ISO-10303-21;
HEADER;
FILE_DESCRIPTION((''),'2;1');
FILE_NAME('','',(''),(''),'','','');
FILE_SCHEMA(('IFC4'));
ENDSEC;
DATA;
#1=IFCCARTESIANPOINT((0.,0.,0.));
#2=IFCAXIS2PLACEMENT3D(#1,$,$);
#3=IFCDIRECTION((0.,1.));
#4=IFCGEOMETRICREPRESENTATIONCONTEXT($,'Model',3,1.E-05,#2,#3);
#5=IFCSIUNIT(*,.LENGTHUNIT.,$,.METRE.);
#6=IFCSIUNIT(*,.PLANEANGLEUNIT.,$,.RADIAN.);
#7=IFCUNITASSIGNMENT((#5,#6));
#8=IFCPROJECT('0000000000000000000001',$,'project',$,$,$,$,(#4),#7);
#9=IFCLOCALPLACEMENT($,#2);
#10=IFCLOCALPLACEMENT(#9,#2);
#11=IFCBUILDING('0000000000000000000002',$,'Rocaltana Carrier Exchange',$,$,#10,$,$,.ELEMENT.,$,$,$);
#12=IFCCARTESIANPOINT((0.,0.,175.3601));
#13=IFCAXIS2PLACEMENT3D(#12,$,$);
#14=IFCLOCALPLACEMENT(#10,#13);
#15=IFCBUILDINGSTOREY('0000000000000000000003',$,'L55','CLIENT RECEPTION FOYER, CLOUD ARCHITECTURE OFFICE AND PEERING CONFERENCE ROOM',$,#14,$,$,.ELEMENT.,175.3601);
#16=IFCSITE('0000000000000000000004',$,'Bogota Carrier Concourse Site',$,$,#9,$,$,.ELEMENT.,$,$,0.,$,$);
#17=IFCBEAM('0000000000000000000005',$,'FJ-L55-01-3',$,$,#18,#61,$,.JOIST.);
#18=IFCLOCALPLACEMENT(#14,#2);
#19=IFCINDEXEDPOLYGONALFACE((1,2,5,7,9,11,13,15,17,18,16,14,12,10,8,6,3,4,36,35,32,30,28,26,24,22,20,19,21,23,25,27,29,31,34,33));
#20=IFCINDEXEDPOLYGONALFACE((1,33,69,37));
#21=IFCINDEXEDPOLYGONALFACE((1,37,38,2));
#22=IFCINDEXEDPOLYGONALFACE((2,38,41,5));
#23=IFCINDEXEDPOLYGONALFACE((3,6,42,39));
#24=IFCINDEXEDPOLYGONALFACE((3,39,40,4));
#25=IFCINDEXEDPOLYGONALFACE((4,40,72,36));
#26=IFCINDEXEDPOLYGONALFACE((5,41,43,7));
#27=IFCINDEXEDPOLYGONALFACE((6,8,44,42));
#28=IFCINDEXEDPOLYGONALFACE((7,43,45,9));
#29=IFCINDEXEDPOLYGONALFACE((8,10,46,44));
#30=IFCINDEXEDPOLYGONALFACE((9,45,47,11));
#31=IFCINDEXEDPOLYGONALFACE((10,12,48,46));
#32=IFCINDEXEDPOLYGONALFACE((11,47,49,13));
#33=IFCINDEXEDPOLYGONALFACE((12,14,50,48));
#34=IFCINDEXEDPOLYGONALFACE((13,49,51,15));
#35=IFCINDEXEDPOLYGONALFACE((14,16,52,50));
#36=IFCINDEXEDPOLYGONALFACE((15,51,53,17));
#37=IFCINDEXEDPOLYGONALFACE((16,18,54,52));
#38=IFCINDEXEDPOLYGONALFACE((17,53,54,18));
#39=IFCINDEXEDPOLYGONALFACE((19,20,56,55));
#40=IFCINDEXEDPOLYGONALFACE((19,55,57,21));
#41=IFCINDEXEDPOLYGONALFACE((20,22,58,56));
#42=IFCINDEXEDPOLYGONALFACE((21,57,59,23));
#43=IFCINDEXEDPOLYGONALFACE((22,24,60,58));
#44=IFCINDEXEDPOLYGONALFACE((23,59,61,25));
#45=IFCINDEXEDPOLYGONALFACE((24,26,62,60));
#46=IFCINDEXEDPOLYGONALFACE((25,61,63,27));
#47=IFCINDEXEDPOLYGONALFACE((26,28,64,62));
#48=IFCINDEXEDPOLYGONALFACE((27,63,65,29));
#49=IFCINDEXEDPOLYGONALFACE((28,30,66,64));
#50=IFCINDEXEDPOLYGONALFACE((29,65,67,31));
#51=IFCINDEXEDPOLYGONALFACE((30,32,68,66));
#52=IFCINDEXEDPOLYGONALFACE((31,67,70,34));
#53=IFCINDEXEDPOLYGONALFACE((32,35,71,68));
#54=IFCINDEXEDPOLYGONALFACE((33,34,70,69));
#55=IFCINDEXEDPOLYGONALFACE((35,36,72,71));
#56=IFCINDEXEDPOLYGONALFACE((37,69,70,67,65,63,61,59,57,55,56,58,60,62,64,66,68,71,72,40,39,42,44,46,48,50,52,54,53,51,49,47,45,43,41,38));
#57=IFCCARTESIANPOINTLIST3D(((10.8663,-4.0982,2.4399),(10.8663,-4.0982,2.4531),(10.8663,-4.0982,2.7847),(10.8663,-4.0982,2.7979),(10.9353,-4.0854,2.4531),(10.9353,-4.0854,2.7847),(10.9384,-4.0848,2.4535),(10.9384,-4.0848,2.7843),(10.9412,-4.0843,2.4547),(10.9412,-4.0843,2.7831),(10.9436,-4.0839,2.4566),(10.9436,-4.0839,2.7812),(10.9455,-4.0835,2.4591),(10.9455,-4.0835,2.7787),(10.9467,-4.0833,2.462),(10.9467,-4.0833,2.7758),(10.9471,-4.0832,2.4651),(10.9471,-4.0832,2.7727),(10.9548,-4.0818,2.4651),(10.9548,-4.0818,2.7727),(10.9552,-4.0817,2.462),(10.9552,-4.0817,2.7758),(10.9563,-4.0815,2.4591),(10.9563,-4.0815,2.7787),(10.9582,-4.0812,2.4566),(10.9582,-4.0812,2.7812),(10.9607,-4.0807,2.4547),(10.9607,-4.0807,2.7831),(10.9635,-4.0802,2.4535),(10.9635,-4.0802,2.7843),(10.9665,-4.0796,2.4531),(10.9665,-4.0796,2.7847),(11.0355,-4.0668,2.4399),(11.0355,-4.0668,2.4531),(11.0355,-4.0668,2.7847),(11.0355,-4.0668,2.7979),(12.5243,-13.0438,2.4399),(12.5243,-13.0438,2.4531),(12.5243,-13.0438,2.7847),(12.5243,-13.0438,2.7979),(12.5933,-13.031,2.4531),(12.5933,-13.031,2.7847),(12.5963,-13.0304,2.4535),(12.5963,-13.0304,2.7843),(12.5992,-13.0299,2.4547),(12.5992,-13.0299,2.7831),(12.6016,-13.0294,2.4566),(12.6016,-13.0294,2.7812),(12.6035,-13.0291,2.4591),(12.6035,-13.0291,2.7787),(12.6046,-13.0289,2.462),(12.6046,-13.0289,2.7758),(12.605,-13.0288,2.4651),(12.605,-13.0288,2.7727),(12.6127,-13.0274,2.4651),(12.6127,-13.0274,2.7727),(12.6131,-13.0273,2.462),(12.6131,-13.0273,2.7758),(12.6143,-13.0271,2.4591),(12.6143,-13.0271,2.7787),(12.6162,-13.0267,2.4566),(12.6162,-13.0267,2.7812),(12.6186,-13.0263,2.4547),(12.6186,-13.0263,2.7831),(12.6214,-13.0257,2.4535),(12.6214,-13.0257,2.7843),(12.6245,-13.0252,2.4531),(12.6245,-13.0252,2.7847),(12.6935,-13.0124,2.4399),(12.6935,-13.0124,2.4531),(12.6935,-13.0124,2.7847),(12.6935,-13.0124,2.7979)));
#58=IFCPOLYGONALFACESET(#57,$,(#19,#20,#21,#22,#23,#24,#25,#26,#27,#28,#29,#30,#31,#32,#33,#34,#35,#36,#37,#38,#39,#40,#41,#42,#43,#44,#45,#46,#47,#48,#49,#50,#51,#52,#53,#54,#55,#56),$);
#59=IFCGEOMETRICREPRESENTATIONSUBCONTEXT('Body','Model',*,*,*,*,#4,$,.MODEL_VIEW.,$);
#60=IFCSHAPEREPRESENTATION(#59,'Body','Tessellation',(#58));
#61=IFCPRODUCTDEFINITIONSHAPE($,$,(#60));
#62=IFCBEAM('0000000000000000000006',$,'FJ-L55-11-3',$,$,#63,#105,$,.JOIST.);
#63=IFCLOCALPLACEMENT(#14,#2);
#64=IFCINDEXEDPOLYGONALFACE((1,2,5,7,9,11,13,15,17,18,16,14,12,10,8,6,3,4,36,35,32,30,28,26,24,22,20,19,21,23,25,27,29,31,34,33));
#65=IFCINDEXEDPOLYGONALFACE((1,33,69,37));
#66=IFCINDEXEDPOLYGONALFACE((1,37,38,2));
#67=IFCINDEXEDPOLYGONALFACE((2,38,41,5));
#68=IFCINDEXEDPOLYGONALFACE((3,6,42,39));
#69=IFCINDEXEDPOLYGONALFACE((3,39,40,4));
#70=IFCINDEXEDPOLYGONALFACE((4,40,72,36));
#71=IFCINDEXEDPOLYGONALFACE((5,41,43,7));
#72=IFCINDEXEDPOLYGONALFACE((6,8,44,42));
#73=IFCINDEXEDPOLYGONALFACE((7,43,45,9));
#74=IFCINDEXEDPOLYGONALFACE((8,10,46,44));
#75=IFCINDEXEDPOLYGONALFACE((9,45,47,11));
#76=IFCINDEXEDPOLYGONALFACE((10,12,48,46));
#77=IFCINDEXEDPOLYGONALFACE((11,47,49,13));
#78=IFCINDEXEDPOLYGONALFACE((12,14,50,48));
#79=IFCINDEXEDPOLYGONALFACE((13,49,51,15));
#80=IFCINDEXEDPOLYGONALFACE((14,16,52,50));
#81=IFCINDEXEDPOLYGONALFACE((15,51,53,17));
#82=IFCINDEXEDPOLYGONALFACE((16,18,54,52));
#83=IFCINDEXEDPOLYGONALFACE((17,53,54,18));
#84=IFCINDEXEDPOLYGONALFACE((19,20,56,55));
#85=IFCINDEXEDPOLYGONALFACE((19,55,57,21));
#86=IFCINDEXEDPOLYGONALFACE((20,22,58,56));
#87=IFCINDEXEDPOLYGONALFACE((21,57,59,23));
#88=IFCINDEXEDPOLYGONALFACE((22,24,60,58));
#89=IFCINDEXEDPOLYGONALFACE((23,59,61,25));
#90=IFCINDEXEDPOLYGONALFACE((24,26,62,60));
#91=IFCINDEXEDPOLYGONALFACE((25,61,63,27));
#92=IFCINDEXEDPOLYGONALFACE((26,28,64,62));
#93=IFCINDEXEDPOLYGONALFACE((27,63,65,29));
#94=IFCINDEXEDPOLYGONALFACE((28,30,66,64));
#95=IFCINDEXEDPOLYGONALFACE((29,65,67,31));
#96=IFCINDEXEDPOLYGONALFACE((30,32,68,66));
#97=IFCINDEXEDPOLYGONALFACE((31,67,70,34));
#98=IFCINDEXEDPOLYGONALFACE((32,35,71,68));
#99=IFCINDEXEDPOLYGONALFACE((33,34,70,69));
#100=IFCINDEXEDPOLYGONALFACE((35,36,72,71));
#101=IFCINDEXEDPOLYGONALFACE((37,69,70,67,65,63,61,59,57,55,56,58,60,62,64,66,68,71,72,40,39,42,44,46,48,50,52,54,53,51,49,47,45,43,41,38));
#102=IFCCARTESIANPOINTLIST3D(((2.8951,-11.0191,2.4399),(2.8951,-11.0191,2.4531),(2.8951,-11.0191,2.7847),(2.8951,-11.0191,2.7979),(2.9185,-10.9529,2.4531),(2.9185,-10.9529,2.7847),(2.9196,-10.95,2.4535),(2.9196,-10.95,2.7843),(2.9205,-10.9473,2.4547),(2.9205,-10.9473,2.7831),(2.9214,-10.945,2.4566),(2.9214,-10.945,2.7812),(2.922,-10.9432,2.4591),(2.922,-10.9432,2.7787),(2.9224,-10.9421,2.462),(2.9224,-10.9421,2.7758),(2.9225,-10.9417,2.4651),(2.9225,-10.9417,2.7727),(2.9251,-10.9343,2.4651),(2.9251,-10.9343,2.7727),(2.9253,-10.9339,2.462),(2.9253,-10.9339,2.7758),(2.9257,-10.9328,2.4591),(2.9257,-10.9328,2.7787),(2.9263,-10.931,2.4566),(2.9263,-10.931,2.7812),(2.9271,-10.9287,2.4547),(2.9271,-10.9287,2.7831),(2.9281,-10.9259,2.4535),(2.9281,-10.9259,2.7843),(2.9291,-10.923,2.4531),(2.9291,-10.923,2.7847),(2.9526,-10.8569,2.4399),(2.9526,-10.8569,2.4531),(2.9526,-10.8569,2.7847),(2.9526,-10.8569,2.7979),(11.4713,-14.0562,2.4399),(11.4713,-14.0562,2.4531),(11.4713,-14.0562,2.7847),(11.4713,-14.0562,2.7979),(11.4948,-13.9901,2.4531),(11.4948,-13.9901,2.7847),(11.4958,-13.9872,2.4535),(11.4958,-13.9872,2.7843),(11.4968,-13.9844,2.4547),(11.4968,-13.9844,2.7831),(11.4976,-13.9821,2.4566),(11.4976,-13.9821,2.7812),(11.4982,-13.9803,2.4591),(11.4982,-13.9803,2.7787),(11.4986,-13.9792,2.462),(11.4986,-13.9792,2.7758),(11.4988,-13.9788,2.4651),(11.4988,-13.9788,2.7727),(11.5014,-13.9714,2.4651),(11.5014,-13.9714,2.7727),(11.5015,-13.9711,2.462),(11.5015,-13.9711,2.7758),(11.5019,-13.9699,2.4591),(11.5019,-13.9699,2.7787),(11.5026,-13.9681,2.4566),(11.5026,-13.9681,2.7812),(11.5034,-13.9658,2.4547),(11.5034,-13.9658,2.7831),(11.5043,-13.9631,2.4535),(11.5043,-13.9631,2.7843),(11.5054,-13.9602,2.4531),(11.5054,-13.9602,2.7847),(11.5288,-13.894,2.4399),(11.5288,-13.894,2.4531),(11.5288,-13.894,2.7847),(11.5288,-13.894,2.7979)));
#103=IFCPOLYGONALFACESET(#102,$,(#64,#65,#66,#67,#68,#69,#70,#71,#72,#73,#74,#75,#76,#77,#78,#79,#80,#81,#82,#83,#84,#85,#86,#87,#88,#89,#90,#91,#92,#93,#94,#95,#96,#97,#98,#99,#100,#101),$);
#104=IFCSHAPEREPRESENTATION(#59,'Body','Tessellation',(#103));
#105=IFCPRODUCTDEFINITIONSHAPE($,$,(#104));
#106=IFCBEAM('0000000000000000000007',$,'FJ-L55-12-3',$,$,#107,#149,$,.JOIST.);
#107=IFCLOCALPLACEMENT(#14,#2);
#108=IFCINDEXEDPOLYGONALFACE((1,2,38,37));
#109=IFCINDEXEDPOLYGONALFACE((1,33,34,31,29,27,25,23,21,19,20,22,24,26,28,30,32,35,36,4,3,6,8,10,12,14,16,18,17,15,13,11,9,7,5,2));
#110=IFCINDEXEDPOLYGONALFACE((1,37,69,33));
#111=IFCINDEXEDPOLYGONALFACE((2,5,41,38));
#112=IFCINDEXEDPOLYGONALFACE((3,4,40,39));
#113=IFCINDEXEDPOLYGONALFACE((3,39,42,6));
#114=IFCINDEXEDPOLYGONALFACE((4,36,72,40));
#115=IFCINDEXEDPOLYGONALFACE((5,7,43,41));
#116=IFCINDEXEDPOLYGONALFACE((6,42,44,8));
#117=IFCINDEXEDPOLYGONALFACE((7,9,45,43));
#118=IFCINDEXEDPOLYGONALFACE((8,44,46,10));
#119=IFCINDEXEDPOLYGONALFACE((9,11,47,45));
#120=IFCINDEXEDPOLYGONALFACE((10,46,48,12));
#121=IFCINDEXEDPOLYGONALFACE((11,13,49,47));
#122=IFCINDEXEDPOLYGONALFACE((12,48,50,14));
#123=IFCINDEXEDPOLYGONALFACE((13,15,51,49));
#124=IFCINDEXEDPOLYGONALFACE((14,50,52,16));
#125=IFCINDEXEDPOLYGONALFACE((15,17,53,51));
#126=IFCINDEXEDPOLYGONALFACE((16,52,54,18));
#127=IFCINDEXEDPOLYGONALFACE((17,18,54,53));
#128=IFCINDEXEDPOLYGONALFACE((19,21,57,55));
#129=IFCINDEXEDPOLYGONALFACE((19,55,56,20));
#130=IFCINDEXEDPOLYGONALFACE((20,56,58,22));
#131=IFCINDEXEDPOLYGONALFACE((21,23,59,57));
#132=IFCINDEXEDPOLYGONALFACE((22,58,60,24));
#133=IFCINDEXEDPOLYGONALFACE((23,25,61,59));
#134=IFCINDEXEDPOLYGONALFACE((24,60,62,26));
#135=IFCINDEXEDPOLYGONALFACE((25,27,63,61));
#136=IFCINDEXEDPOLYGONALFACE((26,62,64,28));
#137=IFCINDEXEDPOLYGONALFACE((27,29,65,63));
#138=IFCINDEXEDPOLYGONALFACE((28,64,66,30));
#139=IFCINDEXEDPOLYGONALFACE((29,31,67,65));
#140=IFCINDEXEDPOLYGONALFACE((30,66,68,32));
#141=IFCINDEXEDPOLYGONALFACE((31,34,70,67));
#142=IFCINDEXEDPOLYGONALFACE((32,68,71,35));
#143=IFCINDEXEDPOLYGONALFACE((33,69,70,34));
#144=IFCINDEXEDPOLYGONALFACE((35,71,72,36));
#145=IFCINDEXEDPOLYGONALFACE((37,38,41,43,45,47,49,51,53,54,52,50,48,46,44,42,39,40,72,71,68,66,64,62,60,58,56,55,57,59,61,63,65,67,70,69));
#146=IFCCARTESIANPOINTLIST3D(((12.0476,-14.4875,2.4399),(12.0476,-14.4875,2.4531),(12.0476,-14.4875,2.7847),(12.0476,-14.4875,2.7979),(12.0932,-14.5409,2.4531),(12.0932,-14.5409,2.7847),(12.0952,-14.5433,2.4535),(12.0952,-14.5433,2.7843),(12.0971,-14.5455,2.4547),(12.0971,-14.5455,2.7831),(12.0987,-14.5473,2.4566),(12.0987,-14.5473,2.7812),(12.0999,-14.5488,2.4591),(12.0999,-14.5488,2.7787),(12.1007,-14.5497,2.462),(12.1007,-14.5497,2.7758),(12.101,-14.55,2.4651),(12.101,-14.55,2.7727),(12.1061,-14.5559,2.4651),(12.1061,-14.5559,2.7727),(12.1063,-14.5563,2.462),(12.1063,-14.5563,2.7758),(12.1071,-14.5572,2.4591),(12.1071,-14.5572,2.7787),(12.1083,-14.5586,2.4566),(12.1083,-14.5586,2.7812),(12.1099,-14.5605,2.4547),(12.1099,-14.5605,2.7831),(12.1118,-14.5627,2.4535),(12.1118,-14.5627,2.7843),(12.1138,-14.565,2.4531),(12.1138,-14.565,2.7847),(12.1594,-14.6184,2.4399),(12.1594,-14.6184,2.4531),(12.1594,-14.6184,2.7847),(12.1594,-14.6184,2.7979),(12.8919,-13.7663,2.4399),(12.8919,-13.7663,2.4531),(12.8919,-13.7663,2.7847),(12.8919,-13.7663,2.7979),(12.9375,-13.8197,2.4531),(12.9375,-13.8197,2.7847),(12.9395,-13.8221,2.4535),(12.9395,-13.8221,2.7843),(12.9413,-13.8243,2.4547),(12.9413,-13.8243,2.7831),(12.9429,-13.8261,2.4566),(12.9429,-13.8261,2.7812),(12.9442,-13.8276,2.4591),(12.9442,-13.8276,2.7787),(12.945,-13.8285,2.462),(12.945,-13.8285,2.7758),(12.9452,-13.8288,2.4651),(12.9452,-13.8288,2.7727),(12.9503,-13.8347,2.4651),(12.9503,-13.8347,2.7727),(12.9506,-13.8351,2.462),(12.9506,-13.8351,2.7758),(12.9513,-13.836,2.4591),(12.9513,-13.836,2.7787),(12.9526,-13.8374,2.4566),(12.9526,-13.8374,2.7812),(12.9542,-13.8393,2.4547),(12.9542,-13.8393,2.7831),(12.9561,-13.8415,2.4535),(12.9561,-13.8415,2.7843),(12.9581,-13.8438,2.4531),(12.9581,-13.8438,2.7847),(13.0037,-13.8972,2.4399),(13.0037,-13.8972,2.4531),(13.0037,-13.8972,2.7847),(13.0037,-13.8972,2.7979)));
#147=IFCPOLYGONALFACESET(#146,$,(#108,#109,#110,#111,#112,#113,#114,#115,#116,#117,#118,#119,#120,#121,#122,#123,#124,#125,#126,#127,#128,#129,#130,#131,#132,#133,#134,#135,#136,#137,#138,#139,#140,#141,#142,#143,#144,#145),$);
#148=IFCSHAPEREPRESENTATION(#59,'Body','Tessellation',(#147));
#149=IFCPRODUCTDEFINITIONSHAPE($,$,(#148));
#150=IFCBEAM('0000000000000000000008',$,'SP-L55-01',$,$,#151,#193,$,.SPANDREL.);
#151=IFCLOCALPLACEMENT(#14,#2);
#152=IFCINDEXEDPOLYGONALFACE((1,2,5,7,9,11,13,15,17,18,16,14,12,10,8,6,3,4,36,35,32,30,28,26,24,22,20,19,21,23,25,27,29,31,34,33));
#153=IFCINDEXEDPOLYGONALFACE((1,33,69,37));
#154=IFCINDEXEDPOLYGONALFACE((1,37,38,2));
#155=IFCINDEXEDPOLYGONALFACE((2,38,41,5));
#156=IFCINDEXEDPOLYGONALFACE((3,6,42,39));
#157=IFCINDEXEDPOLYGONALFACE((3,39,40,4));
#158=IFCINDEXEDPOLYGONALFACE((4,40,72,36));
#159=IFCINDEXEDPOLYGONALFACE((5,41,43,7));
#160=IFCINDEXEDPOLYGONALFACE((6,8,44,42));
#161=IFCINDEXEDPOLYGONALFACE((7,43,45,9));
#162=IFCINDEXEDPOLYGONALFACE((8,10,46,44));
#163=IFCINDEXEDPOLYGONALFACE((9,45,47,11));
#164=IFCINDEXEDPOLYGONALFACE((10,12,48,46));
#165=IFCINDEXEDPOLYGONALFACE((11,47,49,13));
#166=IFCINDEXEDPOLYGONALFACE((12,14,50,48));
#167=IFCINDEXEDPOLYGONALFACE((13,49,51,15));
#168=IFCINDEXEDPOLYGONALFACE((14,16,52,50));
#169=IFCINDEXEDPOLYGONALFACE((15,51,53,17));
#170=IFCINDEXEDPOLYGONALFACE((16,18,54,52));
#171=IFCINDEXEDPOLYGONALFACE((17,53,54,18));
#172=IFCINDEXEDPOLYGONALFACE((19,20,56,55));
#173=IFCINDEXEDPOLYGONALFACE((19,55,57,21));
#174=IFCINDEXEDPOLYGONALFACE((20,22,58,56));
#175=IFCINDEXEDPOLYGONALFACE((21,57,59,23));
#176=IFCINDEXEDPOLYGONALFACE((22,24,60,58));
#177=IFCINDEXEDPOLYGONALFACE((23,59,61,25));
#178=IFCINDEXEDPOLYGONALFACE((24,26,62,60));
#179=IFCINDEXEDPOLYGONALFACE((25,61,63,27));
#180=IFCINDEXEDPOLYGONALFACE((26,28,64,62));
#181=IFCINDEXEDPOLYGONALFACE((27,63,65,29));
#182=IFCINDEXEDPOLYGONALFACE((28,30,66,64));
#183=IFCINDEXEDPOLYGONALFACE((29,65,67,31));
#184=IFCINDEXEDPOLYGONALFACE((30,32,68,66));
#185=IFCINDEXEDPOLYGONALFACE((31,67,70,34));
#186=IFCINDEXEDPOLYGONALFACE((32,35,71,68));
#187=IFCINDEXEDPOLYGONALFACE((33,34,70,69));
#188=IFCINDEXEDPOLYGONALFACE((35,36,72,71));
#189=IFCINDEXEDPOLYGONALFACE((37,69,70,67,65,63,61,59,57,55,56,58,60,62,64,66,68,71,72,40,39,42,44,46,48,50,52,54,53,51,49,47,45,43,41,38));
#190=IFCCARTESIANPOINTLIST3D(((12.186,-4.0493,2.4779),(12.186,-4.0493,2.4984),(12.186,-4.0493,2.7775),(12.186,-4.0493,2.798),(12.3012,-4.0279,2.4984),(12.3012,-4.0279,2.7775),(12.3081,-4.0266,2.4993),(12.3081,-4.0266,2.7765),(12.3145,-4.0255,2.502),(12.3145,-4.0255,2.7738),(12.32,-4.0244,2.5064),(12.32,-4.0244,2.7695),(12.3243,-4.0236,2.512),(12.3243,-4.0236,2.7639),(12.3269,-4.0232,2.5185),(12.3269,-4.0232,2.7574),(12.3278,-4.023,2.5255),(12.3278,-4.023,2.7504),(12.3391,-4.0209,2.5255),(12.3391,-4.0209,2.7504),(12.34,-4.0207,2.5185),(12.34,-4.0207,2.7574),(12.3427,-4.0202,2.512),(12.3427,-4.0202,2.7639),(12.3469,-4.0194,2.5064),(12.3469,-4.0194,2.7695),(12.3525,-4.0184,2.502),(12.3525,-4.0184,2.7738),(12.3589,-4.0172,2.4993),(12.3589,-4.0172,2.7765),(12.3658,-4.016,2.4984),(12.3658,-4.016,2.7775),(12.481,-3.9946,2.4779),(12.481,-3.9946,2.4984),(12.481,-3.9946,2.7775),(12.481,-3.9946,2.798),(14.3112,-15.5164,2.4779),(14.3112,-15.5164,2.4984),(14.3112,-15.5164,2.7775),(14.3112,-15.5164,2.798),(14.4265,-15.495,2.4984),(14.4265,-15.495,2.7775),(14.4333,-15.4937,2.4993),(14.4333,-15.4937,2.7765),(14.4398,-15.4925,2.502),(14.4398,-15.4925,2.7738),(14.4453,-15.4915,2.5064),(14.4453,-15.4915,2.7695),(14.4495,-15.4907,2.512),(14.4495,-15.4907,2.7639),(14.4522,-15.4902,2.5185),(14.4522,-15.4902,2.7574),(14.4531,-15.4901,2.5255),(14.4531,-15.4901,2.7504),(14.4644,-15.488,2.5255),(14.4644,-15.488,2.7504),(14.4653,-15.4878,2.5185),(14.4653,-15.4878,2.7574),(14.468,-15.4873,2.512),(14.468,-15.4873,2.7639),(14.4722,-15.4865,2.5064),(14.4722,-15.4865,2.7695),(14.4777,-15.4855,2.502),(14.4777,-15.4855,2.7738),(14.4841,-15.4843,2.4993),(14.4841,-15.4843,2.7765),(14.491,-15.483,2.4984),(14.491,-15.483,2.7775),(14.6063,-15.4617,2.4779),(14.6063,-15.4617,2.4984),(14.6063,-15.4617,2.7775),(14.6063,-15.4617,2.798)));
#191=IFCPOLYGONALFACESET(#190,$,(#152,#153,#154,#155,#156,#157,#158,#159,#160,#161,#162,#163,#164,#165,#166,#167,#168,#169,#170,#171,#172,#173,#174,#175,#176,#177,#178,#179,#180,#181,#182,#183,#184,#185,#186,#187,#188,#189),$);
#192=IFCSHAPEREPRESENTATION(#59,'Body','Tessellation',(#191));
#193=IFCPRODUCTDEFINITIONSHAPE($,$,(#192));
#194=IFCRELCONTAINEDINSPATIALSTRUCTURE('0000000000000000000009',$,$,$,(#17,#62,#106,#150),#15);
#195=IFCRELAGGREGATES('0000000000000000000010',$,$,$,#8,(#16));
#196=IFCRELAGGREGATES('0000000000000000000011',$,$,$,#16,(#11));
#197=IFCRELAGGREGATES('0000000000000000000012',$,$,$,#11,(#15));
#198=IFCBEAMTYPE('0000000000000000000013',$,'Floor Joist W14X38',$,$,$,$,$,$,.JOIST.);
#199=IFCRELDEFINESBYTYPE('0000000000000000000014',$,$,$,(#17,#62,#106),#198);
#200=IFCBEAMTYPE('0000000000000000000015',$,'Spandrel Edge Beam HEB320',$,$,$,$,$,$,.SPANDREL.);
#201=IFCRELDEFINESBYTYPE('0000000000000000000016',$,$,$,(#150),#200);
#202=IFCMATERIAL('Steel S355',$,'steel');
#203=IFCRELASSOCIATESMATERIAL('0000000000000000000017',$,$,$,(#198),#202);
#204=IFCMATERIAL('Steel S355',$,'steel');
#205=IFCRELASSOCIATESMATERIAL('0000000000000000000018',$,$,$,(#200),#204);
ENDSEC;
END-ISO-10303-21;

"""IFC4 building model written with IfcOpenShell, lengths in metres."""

from ifc_helpers import new_model, si_unit, direction, frame, origin, origin_2d, place, context, subcontext, project, spatial, i_section, extrude, material, material_profile, profile_set, type_object, element, save


model = new_model("IFC4")

# Units and contexts
model_context = context("Model", 3, precision=1e-05, world=origin(), true_north=direction((0.0, 1.0)))
body_context = subcontext(model_context, "Body", "Model", "MODEL_VIEW")
ifc_project = project(units=[si_unit("LENGTHUNIT", "METRE"), si_unit("PLANEANGLEUNIT", "RADIAN")], contexts=[model_context])

# Site, building, storey
site_placement = place(None, origin())
site = spatial("IfcSite", under=ifc_project, at=site_placement, Name="Bogota Carrier Concourse Site", CompositionType="ELEMENT", RefElevation=0.0)
building_placement = place(site_placement, origin())
building = spatial("IfcBuilding", under=site, at=building_placement, Name="Rocaltana Carrier Exchange", CompositionType="ELEMENT")
storey_placement = place(building_placement, frame((0.0, 0.0, 175.3601)))
storey = spatial("IfcBuildingStorey", under=building, at=storey_placement, Name="L55", Description="CLIENT RECEPTION FOYER, CLOUD ARCHITECTURE OFFICE AND PEERING CONFERENCE ROOM", CompositionType="ELEMENT", Elevation=175.3601)

# Beams
ifc_material_1 = material(Name="Steel S355", Category="steel")
ifc_material_profile_1 = material_profile(ifc_material_1, i_section(OverallWidth=0.1721, OverallDepth=0.3579, WebThickness=0.0078, FlangeThickness=0.0132, FilletRadius=0.012, at=origin_2d()), Name="W14X38")
ifc_profile_set_1 = profile_set([ifc_material_profile_1], Name="Steel S355")
beam_type_1 = type_object("IfcBeamType", Name="Floor Joist W14X38", PredefinedType="JOIST", material=ifc_profile_set_1)
beam_1_placement = place(storey_placement, frame((12.6089, -13.0281, 2.6189), z_axis=(-0.182235, 0.983255, 0.0), x_axis=(-0.983255, -0.182235, 0.0)))
element("IfcBeam", 1, at=beam_1_placement, inside=storey, type_object=beam_type_1, Name="FJ-L55-01-3", PredefinedType="JOIST", context=body_context, shape_type="SweptSolid", body=[
    extrude(i_section(OverallWidth=0.1721, OverallDepth=0.3579, WebThickness=0.0078, FlangeThickness=0.0132, FilletRadius=0.012, at=origin_2d()), origin(), (0.0, 0.0, 1.0), 9.0979),
])
beam_2_placement = place(storey_placement, frame((2.9238, -10.938, 2.6189), z_axis=(0.942637, -0.333819, 0.0), x_axis=(0.333819, 0.942637, 0.0)))
element("IfcBeam", 2, at=beam_2_placement, inside=storey, type_object=beam_type_1, Name="FJ-L55-11-3", PredefinedType="JOIST", context=body_context, shape_type="SweptSolid", body=[
    extrude(i_section(OverallWidth=0.1721, OverallDepth=0.3579, WebThickness=0.0078, FlangeThickness=0.0132, FilletRadius=0.012, at=origin_2d()), origin(), (0.0, 0.0, 1.0), 9.0981),
])
beam_3_placement = place(storey_placement, frame((12.1035, -14.553, 2.6189), z_axis=(0.760342, 0.649523, 0.0), x_axis=(-0.649523, 0.760342, 0.0)))
element("IfcBeam", 3, at=beam_3_placement, inside=storey, type_object=beam_type_1, Name="FJ-L55-12-3", PredefinedType="JOIST", context=body_context, shape_type="SweptSolid", body=[
    extrude(i_section(OverallWidth=0.1721, OverallDepth=0.3579, WebThickness=0.0078, FlangeThickness=0.0132, FilletRadius=0.012, at=origin_2d()), origin(), (0.0, 0.0, 1.0), 1.1104),
])
ifc_material_2 = material(Name="Steel S355", Category="steel")
ifc_material_profile_2 = material_profile(ifc_material_2, i_section(OverallWidth=0.3, OverallDepth=0.3201, WebThickness=0.0115, FlangeThickness=0.0205, FilletRadius=0.0271, at=origin_2d()), Name="HEB320")
ifc_profile_set_2 = profile_set([ifc_material_profile_2], Name="Steel S355")
beam_type_2 = type_object("IfcBeamType", Name="Spandrel Edge Beam HEB320", PredefinedType="SPANDREL", material=ifc_profile_set_2)
beam_4_placement = place(storey_placement, frame((14.4587, -15.489, 2.6379), z_axis=(-0.182232, 0.983256, 0.0), x_axis=(-0.983256, -0.182232, 0.0)))
element("IfcBeam", 4, at=beam_4_placement, inside=storey, type_object=beam_type_2, Name="SP-L55-01", PredefinedType="SPANDREL", context=body_context, shape_type="SweptSolid", body=[
    extrude(i_section(OverallWidth=0.3, OverallDepth=0.3201, WebThickness=0.0115, FlangeThickness=0.0205, FilletRadius=0.0271, at=origin_2d()), origin(), (0.0, 0.0, 1.0), 11.6624),
])

save(model, "model.ifc")
